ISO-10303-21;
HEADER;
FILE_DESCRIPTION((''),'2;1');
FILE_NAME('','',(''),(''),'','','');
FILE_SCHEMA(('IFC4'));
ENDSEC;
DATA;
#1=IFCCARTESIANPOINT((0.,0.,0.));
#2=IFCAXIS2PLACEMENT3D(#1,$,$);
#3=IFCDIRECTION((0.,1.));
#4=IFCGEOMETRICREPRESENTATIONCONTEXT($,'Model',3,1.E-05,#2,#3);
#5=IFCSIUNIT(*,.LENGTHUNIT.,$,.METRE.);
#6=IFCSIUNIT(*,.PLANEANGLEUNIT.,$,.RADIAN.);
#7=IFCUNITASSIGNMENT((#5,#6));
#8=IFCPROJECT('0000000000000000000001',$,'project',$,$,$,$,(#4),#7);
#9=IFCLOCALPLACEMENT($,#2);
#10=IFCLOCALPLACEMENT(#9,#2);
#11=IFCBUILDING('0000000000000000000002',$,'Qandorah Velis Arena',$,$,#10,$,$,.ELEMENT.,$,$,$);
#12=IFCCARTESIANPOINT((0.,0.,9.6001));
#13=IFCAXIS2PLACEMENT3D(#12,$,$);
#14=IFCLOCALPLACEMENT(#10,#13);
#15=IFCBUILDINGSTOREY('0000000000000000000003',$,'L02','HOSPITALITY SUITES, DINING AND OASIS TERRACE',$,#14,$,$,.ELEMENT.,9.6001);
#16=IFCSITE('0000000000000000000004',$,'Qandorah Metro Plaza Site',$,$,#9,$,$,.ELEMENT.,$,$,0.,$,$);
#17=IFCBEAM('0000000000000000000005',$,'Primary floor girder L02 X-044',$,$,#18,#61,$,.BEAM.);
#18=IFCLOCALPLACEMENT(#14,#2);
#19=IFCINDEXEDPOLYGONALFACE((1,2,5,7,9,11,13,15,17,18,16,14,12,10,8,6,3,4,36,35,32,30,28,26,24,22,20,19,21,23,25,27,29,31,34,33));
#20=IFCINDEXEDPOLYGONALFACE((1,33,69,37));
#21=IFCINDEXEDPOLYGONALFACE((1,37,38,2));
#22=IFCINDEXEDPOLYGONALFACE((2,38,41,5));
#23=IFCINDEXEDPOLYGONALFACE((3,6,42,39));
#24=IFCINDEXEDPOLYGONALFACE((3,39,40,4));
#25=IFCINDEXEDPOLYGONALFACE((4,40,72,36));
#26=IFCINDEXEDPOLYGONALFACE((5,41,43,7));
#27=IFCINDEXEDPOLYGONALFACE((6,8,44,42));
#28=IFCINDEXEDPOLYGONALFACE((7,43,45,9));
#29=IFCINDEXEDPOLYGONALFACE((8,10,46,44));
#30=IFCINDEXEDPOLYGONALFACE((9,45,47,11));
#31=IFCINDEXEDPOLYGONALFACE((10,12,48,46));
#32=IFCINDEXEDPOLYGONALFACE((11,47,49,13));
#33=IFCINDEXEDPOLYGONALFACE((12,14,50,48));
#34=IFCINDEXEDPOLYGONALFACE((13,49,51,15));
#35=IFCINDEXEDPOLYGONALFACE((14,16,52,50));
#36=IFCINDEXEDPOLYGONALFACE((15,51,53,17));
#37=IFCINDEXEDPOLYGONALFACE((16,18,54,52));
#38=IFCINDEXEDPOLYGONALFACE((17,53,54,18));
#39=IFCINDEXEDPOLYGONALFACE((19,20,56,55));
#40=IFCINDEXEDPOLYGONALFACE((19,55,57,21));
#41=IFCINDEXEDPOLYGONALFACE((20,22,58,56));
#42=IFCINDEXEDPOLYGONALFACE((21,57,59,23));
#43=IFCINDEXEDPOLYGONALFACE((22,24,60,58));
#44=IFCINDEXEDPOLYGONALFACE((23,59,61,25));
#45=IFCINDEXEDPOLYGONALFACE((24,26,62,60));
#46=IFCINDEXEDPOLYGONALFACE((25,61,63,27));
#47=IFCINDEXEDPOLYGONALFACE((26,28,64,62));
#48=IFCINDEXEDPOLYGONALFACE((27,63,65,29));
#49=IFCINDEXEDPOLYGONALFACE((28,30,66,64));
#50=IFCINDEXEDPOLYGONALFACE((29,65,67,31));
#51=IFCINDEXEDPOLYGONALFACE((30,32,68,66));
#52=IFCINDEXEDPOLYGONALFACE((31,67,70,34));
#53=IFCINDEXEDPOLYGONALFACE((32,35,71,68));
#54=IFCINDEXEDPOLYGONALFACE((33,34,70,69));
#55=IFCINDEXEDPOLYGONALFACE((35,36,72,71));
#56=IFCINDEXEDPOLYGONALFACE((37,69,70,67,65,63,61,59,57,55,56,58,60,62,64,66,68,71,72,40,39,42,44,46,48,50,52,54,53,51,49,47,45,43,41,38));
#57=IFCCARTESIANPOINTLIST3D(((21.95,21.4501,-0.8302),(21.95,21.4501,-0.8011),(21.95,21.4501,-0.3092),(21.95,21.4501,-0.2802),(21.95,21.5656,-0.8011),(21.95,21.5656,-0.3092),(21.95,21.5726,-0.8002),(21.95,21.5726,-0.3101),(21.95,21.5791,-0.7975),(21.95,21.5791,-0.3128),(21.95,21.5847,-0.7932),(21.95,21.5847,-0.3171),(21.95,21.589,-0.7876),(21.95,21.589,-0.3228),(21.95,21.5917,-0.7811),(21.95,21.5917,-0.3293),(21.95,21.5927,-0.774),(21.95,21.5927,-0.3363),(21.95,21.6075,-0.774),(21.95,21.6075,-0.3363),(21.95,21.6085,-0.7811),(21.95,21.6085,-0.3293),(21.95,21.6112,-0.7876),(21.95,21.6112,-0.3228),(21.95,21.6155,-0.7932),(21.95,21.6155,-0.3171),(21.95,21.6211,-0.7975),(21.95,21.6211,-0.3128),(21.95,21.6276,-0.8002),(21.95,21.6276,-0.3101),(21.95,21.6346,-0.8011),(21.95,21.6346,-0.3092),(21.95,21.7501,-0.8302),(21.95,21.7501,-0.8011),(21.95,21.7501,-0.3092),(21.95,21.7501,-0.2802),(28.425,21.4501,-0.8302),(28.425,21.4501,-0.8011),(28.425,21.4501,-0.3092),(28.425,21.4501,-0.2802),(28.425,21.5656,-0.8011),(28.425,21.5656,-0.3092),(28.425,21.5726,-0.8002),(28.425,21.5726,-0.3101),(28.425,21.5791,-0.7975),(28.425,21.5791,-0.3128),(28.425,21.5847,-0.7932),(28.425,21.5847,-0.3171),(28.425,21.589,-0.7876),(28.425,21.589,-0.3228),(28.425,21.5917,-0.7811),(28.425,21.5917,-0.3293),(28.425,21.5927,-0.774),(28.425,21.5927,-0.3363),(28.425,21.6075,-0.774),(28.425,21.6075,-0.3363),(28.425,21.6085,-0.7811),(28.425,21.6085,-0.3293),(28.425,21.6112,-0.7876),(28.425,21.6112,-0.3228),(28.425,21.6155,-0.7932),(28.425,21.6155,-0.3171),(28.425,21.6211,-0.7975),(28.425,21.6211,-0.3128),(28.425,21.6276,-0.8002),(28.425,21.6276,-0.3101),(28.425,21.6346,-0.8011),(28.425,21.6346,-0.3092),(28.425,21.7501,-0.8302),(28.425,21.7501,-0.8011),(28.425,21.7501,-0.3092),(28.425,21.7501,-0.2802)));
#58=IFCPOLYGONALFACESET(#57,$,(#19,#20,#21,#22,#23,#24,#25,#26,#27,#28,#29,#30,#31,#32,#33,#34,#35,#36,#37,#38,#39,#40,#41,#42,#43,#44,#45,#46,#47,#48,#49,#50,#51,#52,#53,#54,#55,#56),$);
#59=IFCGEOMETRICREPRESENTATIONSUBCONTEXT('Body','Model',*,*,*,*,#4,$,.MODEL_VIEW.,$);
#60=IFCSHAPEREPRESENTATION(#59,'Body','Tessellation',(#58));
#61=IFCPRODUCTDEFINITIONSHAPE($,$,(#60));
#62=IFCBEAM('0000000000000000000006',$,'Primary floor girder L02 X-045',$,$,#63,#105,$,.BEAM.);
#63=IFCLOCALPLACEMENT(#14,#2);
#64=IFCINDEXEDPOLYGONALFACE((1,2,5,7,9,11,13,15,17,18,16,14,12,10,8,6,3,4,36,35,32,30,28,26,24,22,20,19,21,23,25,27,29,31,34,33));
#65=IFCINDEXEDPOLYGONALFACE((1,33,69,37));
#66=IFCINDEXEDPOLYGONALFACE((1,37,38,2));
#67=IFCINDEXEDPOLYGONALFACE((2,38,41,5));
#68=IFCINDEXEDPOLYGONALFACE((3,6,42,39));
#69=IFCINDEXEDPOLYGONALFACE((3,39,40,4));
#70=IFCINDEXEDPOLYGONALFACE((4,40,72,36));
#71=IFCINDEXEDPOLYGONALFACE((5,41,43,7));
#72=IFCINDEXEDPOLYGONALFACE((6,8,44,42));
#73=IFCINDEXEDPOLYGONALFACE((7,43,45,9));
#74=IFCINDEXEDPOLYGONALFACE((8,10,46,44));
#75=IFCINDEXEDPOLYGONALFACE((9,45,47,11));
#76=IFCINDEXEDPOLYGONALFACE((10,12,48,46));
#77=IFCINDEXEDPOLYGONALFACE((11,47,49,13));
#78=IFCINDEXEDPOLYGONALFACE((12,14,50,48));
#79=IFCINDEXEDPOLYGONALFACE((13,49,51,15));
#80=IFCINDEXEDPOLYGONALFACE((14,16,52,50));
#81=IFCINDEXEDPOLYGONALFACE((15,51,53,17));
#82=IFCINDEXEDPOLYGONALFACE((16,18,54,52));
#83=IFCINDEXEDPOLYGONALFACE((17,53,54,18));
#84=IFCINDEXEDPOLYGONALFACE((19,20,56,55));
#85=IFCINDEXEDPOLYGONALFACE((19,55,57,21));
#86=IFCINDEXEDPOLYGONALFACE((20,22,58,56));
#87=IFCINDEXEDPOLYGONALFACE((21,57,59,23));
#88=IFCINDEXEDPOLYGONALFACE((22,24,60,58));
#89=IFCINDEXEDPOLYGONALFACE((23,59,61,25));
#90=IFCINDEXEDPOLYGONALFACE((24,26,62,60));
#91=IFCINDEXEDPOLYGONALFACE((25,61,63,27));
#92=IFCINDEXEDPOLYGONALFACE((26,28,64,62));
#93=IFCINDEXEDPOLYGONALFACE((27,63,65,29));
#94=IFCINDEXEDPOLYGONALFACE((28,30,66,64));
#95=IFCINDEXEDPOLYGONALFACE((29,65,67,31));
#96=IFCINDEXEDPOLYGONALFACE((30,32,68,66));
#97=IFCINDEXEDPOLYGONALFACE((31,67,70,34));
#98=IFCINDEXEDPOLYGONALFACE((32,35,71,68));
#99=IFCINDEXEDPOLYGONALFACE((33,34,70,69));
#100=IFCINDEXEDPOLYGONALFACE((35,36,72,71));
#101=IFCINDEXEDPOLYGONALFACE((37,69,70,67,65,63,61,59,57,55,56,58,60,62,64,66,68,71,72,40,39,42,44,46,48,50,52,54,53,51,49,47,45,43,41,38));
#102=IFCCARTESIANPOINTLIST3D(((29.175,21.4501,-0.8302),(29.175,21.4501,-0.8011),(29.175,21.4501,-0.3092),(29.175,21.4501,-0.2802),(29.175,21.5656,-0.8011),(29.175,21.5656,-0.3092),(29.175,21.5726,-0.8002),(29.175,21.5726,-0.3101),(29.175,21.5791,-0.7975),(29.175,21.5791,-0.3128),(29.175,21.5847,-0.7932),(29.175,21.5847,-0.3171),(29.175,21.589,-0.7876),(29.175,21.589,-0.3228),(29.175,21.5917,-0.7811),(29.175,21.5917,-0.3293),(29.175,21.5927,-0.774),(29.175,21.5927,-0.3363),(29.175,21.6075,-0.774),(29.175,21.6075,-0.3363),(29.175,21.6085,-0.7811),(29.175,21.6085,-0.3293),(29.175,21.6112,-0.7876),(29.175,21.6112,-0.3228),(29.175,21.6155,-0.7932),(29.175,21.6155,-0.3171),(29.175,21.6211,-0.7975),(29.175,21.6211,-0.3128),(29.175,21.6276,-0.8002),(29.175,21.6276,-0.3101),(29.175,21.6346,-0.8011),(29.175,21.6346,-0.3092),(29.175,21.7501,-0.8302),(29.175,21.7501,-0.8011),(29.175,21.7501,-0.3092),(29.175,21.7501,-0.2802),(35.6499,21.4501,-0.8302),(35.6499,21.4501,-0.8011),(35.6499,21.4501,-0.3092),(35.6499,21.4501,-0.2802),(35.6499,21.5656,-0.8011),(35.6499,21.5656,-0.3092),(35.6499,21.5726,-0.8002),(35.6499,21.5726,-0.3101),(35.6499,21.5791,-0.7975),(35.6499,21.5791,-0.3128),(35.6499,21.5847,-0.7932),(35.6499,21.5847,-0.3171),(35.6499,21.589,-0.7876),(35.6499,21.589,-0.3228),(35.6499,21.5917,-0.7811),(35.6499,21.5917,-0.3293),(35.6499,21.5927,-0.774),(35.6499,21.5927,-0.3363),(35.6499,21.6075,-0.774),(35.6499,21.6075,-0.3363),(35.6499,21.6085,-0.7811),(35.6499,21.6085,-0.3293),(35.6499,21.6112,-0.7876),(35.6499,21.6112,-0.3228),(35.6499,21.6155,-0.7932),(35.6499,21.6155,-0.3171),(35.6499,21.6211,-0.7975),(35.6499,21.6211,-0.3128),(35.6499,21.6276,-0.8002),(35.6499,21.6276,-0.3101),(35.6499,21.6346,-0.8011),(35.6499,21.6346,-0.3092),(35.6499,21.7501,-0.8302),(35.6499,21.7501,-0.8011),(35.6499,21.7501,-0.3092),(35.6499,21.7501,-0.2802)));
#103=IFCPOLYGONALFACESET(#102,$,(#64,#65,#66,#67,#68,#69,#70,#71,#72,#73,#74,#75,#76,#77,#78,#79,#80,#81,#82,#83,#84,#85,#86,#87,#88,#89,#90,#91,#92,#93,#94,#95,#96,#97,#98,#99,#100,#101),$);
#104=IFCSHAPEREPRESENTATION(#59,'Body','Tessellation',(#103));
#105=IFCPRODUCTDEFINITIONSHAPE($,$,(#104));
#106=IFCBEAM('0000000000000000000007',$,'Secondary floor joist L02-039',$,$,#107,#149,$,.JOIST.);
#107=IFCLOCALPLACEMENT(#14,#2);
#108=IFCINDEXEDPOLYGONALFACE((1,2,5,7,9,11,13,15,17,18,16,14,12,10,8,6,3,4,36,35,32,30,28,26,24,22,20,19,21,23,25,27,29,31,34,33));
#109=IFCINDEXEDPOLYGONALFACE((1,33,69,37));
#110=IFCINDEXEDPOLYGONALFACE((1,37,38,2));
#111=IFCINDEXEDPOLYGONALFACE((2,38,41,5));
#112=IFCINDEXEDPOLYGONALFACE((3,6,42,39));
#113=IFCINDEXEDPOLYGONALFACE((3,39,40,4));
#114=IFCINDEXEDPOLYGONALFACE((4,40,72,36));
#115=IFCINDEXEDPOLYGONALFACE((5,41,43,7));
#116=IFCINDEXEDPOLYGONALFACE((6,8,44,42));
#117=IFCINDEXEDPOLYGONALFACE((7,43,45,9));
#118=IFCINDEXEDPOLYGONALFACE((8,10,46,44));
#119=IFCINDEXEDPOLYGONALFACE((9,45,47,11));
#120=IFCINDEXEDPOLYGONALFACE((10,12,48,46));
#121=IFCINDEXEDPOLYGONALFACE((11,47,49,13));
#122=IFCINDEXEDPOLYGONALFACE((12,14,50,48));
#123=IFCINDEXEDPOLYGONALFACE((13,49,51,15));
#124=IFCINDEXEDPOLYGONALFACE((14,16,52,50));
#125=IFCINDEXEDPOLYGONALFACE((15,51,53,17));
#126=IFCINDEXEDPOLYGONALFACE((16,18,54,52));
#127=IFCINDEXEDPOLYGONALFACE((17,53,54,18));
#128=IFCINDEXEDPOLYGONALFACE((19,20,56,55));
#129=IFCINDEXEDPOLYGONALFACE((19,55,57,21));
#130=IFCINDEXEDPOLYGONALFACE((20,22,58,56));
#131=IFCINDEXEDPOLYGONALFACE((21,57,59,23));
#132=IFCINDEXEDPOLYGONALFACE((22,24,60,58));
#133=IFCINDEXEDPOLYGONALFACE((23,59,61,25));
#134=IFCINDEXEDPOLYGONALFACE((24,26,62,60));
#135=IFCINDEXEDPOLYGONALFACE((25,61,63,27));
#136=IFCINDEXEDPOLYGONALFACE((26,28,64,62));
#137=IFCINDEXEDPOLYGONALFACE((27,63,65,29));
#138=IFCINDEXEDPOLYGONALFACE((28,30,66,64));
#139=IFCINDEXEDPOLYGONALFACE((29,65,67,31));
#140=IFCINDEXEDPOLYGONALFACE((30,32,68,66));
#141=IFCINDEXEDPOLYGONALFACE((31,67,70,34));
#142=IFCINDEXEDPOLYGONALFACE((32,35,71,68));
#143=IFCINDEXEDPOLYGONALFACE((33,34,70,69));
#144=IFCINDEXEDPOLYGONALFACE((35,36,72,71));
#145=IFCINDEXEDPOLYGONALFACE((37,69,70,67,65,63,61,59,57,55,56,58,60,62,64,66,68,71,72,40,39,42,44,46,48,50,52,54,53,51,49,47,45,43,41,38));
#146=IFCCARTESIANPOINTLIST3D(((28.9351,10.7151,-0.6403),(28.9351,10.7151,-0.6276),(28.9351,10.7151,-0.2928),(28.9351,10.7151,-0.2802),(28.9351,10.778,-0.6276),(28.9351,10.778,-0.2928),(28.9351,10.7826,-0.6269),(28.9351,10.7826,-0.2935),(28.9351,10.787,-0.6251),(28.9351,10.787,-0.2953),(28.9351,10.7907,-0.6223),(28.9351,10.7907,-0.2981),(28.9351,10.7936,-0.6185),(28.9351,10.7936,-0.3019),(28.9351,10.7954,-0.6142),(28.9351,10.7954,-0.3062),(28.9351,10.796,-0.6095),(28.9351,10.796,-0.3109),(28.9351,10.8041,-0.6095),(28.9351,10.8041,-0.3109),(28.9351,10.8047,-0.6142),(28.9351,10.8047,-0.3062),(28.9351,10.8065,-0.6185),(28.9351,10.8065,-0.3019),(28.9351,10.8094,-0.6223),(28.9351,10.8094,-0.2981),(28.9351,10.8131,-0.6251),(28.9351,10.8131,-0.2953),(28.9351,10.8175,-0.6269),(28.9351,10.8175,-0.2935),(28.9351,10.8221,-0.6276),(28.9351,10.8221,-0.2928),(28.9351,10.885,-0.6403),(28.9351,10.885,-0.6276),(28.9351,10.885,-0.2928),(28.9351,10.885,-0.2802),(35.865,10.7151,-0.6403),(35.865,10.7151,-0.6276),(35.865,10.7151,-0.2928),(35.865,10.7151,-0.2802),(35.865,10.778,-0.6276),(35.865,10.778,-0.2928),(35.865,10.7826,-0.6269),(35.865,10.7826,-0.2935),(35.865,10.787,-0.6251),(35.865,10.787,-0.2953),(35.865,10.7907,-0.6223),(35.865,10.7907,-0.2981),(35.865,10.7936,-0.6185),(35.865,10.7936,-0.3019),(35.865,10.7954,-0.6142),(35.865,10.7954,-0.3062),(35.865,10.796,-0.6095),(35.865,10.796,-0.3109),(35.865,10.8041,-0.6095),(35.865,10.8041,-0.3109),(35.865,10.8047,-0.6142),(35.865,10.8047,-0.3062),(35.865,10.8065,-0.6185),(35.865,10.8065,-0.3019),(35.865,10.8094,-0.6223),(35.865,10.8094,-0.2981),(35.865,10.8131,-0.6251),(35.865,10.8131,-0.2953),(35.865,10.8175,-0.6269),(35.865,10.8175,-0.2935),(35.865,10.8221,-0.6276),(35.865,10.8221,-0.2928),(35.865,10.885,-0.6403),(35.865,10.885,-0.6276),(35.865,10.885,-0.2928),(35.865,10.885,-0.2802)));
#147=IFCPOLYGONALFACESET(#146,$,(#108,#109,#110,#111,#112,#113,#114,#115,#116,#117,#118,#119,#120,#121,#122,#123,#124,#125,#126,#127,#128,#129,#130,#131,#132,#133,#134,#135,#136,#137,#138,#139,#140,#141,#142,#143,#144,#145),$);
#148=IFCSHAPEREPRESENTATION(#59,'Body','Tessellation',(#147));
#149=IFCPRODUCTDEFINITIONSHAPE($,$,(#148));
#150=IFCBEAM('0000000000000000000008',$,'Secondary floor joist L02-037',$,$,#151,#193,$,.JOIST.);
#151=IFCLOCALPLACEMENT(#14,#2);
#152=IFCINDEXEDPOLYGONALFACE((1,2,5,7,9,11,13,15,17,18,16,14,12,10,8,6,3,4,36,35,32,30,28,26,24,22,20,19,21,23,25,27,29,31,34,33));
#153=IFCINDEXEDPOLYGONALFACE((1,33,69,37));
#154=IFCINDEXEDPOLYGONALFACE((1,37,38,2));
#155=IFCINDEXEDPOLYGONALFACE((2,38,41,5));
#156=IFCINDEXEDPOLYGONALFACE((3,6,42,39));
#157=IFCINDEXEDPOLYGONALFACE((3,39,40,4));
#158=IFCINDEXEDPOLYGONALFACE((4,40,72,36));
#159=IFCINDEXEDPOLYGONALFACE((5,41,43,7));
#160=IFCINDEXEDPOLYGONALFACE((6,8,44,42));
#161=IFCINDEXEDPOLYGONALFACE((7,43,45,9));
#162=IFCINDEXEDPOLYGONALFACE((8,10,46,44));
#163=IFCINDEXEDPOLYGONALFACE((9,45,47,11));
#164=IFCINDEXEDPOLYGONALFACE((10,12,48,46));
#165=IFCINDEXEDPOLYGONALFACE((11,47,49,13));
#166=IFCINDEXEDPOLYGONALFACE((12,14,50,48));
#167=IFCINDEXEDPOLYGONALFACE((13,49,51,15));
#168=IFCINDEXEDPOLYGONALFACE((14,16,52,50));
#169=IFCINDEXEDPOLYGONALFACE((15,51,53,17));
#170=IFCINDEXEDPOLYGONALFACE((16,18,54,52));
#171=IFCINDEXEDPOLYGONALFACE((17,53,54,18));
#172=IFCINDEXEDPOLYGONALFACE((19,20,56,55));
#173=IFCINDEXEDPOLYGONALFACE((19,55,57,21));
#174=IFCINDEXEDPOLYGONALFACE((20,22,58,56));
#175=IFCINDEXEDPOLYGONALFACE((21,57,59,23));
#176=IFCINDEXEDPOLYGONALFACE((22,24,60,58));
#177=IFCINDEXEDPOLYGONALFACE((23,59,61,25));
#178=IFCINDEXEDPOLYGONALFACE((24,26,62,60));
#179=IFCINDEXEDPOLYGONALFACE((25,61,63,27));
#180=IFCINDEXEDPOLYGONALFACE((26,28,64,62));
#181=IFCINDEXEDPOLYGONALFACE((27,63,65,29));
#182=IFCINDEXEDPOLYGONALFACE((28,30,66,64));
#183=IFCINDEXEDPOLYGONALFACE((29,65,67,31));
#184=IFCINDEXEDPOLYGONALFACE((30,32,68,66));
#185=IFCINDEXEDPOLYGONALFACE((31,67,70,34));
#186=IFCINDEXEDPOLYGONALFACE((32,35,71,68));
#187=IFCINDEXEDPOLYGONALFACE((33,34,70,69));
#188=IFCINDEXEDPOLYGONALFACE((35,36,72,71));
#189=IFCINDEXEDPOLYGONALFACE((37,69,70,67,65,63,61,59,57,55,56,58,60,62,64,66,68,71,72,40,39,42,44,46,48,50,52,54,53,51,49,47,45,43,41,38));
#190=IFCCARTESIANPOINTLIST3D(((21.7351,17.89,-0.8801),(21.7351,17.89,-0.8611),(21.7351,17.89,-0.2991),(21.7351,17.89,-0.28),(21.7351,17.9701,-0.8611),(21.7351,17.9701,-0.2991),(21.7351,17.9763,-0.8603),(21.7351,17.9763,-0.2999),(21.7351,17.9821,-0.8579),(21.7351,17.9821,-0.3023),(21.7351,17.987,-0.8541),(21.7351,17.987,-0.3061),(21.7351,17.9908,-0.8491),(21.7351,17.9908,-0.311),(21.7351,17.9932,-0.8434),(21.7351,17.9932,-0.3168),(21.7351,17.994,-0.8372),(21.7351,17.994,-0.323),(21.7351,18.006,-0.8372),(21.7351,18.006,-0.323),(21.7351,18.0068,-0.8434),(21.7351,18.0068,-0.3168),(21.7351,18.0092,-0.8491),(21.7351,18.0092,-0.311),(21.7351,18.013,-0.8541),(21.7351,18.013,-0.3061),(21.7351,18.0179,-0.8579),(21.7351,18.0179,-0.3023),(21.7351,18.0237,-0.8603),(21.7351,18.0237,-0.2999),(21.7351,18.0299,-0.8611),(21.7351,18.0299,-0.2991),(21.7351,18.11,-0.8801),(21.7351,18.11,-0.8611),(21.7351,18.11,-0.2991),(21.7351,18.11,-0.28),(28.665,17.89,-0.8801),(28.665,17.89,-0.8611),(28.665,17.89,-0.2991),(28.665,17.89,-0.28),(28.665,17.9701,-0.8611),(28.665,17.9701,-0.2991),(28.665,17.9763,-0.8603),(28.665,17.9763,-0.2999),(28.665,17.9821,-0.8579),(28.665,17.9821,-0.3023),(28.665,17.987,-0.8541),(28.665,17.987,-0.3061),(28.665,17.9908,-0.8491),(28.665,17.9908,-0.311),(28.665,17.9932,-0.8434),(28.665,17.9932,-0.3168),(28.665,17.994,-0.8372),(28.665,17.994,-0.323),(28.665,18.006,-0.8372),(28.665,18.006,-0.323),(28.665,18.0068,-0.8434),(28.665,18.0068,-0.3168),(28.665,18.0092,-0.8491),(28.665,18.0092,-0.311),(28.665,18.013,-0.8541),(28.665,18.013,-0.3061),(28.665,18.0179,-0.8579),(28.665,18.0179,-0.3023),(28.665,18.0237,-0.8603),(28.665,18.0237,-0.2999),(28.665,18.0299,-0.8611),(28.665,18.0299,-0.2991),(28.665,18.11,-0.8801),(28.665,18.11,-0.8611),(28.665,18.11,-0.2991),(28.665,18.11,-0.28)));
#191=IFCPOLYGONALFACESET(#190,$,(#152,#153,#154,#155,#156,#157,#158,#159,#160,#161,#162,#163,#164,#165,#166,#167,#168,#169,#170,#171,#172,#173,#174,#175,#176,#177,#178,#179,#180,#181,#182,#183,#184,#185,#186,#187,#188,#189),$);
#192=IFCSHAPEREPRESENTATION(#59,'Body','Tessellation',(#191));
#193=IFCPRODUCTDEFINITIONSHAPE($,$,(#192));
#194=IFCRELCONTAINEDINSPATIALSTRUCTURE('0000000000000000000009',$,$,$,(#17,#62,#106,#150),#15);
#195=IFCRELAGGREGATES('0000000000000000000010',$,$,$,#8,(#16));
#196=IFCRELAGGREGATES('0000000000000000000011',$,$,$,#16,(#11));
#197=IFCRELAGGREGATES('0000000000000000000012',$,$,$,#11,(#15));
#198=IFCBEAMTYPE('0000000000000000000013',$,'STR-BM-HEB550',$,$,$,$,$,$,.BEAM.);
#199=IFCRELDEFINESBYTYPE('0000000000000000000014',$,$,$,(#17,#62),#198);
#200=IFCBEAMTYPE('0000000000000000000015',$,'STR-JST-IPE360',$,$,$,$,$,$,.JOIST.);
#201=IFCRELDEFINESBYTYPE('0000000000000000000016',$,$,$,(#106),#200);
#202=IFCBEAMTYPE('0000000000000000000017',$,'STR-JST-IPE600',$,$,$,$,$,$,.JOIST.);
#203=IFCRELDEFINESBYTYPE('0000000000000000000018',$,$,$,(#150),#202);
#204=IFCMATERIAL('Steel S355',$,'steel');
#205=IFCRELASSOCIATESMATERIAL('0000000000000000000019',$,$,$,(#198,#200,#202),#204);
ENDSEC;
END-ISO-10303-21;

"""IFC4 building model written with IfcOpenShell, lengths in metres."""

from ifc_helpers import new_model, si_unit, direction, frame, origin, origin_2d, place, context, subcontext, project, spatial, i_section, extrude, material, material_profile, profile_set, type_object, element, save


model = new_model("IFC4")

# Units and contexts
model_context = context("Model", 3, precision=1e-05, world=origin(), true_north=direction((0.0, 1.0)))
body_context = subcontext(model_context, "Body", "Model", "MODEL_VIEW")
ifc_project = project(units=[si_unit("LENGTHUNIT", "METRE"), si_unit("PLANEANGLEUNIT", "RADIAN")], contexts=[model_context])

# Site, building, storey
site_placement = place(None, origin())
site = spatial("IfcSite", under=ifc_project, at=site_placement, Name="Qandorah Metro Plaza Site", CompositionType="ELEMENT", RefElevation=0.0)
building_placement = place(site_placement, origin())
building = spatial("IfcBuilding", under=site, at=building_placement, Name="Qandorah Velis Arena", CompositionType="ELEMENT")
storey_placement = place(building_placement, frame((0.0, 0.0, 9.6001)))
storey = spatial("IfcBuildingStorey", under=building, at=storey_placement, Name="L02", Description="HOSPITALITY SUITES, DINING AND OASIS TERRACE", CompositionType="ELEMENT", Elevation=9.6001)

# Beams
ifc_material_1 = material(Name="Steel S355", Category="steel")
ifc_material_profile_1 = material_profile(ifc_material_1, i_section(OverallWidth=0.3, OverallDepth=0.55, WebThickness=0.0149, FlangeThickness=0.0291, FilletRadius=0.0271, at=origin_2d()), Name="HEB 550")
ifc_profile_set_1 = profile_set([ifc_material_profile_1], Name="Steel S355")
beam_type_1 = type_object("IfcBeamType", Name="STR-BM-HEB550", PredefinedType="BEAM", material=ifc_profile_set_1)
beam_1_placement = place(storey_placement, frame((21.95, 21.6001, -0.5552), z_axis=(1.0, 0.0, 0.0), x_axis=(0.0, 1.0, 0.0)))
element("IfcBeam", 1, at=beam_1_placement, inside=storey, type_object=beam_type_1, Name="Primary floor girder L02 X-044", PredefinedType="BEAM", context=body_context, shape_type="SweptSolid", body=[
    extrude(i_section(OverallWidth=0.3, OverallDepth=0.55, WebThickness=0.0149, FlangeThickness=0.0291, FilletRadius=0.0271, at=origin_2d()), origin(), (0.0, 0.0, 1.0), 6.4751),
])
beam_2_placement = place(storey_placement, frame((29.175, 21.6001, -0.5552), z_axis=(1.0, 0.0, 0.0), x_axis=(0.0, 1.0, 0.0)))
element("IfcBeam", 2, at=beam_2_placement, inside=storey, type_object=beam_type_1, Name="Primary floor girder L02 X-045", PredefinedType="BEAM", context=body_context, shape_type="SweptSolid", body=[
    extrude(i_section(OverallWidth=0.3, OverallDepth=0.55, WebThickness=0.0149, FlangeThickness=0.0291, FilletRadius=0.0271, at=origin_2d()), origin(), (0.0, 0.0, 1.0), 6.4749),
])
ifc_material_profile_2 = material_profile(ifc_material_1, i_section(OverallWidth=0.1699, OverallDepth=0.3601, WebThickness=0.0081, FlangeThickness=0.0127, FilletRadius=0.0181, at=origin_2d()), Name="IPE 360")
ifc_profile_set_2 = profile_set([ifc_material_profile_2], Name="Steel S355")
beam_type_2 = type_object("IfcBeamType", Name="STR-JST-IPE360", PredefinedType="JOIST", material=ifc_profile_set_2)
beam_3_placement = place(storey_placement, frame((28.9351, 10.8, -0.4602), z_axis=(1.0, 0.0, 0.0), x_axis=(0.0, 1.0, 0.0)))
element("IfcBeam", 3, at=beam_3_placement, inside=storey, type_object=beam_type_2, Name="Secondary floor joist L02-039", PredefinedType="JOIST", context=body_context, shape_type="SweptSolid", body=[
    extrude(i_section(OverallWidth=0.1699, OverallDepth=0.3601, WebThickness=0.0081, FlangeThickness=0.0127, FilletRadius=0.0181, at=origin_2d()), origin(), (0.0, 0.0, 1.0), 6.9299),
])
ifc_material_profile_3 = material_profile(ifc_material_1, i_section(OverallWidth=0.22, OverallDepth=0.6001, WebThickness=0.012, FlangeThickness=0.019, FilletRadius=0.0239, at=origin_2d()), Name="IPE 600")
ifc_profile_set_3 = profile_set([ifc_material_profile_3], Name="Steel S355")
beam_type_3 = type_object("IfcBeamType", Name="STR-JST-IPE600", PredefinedType="JOIST", material=ifc_profile_set_3)
beam_4_placement = place(storey_placement, frame((21.7351, 18.0, -0.5801), z_axis=(1.0, 0.0, 0.0), x_axis=(0.0, 1.0, 0.0)))
element("IfcBeam", 4, at=beam_4_placement, inside=storey, type_object=beam_type_3, Name="Secondary floor joist L02-037", PredefinedType="JOIST", context=body_context, shape_type="SweptSolid", body=[
    extrude(i_section(OverallWidth=0.22, OverallDepth=0.6001, WebThickness=0.012, FlangeThickness=0.019, FilletRadius=0.0239, at=origin_2d()), origin(), (0.0, 0.0, 1.0), 6.9299),
])

save(model, "model.ifc")
